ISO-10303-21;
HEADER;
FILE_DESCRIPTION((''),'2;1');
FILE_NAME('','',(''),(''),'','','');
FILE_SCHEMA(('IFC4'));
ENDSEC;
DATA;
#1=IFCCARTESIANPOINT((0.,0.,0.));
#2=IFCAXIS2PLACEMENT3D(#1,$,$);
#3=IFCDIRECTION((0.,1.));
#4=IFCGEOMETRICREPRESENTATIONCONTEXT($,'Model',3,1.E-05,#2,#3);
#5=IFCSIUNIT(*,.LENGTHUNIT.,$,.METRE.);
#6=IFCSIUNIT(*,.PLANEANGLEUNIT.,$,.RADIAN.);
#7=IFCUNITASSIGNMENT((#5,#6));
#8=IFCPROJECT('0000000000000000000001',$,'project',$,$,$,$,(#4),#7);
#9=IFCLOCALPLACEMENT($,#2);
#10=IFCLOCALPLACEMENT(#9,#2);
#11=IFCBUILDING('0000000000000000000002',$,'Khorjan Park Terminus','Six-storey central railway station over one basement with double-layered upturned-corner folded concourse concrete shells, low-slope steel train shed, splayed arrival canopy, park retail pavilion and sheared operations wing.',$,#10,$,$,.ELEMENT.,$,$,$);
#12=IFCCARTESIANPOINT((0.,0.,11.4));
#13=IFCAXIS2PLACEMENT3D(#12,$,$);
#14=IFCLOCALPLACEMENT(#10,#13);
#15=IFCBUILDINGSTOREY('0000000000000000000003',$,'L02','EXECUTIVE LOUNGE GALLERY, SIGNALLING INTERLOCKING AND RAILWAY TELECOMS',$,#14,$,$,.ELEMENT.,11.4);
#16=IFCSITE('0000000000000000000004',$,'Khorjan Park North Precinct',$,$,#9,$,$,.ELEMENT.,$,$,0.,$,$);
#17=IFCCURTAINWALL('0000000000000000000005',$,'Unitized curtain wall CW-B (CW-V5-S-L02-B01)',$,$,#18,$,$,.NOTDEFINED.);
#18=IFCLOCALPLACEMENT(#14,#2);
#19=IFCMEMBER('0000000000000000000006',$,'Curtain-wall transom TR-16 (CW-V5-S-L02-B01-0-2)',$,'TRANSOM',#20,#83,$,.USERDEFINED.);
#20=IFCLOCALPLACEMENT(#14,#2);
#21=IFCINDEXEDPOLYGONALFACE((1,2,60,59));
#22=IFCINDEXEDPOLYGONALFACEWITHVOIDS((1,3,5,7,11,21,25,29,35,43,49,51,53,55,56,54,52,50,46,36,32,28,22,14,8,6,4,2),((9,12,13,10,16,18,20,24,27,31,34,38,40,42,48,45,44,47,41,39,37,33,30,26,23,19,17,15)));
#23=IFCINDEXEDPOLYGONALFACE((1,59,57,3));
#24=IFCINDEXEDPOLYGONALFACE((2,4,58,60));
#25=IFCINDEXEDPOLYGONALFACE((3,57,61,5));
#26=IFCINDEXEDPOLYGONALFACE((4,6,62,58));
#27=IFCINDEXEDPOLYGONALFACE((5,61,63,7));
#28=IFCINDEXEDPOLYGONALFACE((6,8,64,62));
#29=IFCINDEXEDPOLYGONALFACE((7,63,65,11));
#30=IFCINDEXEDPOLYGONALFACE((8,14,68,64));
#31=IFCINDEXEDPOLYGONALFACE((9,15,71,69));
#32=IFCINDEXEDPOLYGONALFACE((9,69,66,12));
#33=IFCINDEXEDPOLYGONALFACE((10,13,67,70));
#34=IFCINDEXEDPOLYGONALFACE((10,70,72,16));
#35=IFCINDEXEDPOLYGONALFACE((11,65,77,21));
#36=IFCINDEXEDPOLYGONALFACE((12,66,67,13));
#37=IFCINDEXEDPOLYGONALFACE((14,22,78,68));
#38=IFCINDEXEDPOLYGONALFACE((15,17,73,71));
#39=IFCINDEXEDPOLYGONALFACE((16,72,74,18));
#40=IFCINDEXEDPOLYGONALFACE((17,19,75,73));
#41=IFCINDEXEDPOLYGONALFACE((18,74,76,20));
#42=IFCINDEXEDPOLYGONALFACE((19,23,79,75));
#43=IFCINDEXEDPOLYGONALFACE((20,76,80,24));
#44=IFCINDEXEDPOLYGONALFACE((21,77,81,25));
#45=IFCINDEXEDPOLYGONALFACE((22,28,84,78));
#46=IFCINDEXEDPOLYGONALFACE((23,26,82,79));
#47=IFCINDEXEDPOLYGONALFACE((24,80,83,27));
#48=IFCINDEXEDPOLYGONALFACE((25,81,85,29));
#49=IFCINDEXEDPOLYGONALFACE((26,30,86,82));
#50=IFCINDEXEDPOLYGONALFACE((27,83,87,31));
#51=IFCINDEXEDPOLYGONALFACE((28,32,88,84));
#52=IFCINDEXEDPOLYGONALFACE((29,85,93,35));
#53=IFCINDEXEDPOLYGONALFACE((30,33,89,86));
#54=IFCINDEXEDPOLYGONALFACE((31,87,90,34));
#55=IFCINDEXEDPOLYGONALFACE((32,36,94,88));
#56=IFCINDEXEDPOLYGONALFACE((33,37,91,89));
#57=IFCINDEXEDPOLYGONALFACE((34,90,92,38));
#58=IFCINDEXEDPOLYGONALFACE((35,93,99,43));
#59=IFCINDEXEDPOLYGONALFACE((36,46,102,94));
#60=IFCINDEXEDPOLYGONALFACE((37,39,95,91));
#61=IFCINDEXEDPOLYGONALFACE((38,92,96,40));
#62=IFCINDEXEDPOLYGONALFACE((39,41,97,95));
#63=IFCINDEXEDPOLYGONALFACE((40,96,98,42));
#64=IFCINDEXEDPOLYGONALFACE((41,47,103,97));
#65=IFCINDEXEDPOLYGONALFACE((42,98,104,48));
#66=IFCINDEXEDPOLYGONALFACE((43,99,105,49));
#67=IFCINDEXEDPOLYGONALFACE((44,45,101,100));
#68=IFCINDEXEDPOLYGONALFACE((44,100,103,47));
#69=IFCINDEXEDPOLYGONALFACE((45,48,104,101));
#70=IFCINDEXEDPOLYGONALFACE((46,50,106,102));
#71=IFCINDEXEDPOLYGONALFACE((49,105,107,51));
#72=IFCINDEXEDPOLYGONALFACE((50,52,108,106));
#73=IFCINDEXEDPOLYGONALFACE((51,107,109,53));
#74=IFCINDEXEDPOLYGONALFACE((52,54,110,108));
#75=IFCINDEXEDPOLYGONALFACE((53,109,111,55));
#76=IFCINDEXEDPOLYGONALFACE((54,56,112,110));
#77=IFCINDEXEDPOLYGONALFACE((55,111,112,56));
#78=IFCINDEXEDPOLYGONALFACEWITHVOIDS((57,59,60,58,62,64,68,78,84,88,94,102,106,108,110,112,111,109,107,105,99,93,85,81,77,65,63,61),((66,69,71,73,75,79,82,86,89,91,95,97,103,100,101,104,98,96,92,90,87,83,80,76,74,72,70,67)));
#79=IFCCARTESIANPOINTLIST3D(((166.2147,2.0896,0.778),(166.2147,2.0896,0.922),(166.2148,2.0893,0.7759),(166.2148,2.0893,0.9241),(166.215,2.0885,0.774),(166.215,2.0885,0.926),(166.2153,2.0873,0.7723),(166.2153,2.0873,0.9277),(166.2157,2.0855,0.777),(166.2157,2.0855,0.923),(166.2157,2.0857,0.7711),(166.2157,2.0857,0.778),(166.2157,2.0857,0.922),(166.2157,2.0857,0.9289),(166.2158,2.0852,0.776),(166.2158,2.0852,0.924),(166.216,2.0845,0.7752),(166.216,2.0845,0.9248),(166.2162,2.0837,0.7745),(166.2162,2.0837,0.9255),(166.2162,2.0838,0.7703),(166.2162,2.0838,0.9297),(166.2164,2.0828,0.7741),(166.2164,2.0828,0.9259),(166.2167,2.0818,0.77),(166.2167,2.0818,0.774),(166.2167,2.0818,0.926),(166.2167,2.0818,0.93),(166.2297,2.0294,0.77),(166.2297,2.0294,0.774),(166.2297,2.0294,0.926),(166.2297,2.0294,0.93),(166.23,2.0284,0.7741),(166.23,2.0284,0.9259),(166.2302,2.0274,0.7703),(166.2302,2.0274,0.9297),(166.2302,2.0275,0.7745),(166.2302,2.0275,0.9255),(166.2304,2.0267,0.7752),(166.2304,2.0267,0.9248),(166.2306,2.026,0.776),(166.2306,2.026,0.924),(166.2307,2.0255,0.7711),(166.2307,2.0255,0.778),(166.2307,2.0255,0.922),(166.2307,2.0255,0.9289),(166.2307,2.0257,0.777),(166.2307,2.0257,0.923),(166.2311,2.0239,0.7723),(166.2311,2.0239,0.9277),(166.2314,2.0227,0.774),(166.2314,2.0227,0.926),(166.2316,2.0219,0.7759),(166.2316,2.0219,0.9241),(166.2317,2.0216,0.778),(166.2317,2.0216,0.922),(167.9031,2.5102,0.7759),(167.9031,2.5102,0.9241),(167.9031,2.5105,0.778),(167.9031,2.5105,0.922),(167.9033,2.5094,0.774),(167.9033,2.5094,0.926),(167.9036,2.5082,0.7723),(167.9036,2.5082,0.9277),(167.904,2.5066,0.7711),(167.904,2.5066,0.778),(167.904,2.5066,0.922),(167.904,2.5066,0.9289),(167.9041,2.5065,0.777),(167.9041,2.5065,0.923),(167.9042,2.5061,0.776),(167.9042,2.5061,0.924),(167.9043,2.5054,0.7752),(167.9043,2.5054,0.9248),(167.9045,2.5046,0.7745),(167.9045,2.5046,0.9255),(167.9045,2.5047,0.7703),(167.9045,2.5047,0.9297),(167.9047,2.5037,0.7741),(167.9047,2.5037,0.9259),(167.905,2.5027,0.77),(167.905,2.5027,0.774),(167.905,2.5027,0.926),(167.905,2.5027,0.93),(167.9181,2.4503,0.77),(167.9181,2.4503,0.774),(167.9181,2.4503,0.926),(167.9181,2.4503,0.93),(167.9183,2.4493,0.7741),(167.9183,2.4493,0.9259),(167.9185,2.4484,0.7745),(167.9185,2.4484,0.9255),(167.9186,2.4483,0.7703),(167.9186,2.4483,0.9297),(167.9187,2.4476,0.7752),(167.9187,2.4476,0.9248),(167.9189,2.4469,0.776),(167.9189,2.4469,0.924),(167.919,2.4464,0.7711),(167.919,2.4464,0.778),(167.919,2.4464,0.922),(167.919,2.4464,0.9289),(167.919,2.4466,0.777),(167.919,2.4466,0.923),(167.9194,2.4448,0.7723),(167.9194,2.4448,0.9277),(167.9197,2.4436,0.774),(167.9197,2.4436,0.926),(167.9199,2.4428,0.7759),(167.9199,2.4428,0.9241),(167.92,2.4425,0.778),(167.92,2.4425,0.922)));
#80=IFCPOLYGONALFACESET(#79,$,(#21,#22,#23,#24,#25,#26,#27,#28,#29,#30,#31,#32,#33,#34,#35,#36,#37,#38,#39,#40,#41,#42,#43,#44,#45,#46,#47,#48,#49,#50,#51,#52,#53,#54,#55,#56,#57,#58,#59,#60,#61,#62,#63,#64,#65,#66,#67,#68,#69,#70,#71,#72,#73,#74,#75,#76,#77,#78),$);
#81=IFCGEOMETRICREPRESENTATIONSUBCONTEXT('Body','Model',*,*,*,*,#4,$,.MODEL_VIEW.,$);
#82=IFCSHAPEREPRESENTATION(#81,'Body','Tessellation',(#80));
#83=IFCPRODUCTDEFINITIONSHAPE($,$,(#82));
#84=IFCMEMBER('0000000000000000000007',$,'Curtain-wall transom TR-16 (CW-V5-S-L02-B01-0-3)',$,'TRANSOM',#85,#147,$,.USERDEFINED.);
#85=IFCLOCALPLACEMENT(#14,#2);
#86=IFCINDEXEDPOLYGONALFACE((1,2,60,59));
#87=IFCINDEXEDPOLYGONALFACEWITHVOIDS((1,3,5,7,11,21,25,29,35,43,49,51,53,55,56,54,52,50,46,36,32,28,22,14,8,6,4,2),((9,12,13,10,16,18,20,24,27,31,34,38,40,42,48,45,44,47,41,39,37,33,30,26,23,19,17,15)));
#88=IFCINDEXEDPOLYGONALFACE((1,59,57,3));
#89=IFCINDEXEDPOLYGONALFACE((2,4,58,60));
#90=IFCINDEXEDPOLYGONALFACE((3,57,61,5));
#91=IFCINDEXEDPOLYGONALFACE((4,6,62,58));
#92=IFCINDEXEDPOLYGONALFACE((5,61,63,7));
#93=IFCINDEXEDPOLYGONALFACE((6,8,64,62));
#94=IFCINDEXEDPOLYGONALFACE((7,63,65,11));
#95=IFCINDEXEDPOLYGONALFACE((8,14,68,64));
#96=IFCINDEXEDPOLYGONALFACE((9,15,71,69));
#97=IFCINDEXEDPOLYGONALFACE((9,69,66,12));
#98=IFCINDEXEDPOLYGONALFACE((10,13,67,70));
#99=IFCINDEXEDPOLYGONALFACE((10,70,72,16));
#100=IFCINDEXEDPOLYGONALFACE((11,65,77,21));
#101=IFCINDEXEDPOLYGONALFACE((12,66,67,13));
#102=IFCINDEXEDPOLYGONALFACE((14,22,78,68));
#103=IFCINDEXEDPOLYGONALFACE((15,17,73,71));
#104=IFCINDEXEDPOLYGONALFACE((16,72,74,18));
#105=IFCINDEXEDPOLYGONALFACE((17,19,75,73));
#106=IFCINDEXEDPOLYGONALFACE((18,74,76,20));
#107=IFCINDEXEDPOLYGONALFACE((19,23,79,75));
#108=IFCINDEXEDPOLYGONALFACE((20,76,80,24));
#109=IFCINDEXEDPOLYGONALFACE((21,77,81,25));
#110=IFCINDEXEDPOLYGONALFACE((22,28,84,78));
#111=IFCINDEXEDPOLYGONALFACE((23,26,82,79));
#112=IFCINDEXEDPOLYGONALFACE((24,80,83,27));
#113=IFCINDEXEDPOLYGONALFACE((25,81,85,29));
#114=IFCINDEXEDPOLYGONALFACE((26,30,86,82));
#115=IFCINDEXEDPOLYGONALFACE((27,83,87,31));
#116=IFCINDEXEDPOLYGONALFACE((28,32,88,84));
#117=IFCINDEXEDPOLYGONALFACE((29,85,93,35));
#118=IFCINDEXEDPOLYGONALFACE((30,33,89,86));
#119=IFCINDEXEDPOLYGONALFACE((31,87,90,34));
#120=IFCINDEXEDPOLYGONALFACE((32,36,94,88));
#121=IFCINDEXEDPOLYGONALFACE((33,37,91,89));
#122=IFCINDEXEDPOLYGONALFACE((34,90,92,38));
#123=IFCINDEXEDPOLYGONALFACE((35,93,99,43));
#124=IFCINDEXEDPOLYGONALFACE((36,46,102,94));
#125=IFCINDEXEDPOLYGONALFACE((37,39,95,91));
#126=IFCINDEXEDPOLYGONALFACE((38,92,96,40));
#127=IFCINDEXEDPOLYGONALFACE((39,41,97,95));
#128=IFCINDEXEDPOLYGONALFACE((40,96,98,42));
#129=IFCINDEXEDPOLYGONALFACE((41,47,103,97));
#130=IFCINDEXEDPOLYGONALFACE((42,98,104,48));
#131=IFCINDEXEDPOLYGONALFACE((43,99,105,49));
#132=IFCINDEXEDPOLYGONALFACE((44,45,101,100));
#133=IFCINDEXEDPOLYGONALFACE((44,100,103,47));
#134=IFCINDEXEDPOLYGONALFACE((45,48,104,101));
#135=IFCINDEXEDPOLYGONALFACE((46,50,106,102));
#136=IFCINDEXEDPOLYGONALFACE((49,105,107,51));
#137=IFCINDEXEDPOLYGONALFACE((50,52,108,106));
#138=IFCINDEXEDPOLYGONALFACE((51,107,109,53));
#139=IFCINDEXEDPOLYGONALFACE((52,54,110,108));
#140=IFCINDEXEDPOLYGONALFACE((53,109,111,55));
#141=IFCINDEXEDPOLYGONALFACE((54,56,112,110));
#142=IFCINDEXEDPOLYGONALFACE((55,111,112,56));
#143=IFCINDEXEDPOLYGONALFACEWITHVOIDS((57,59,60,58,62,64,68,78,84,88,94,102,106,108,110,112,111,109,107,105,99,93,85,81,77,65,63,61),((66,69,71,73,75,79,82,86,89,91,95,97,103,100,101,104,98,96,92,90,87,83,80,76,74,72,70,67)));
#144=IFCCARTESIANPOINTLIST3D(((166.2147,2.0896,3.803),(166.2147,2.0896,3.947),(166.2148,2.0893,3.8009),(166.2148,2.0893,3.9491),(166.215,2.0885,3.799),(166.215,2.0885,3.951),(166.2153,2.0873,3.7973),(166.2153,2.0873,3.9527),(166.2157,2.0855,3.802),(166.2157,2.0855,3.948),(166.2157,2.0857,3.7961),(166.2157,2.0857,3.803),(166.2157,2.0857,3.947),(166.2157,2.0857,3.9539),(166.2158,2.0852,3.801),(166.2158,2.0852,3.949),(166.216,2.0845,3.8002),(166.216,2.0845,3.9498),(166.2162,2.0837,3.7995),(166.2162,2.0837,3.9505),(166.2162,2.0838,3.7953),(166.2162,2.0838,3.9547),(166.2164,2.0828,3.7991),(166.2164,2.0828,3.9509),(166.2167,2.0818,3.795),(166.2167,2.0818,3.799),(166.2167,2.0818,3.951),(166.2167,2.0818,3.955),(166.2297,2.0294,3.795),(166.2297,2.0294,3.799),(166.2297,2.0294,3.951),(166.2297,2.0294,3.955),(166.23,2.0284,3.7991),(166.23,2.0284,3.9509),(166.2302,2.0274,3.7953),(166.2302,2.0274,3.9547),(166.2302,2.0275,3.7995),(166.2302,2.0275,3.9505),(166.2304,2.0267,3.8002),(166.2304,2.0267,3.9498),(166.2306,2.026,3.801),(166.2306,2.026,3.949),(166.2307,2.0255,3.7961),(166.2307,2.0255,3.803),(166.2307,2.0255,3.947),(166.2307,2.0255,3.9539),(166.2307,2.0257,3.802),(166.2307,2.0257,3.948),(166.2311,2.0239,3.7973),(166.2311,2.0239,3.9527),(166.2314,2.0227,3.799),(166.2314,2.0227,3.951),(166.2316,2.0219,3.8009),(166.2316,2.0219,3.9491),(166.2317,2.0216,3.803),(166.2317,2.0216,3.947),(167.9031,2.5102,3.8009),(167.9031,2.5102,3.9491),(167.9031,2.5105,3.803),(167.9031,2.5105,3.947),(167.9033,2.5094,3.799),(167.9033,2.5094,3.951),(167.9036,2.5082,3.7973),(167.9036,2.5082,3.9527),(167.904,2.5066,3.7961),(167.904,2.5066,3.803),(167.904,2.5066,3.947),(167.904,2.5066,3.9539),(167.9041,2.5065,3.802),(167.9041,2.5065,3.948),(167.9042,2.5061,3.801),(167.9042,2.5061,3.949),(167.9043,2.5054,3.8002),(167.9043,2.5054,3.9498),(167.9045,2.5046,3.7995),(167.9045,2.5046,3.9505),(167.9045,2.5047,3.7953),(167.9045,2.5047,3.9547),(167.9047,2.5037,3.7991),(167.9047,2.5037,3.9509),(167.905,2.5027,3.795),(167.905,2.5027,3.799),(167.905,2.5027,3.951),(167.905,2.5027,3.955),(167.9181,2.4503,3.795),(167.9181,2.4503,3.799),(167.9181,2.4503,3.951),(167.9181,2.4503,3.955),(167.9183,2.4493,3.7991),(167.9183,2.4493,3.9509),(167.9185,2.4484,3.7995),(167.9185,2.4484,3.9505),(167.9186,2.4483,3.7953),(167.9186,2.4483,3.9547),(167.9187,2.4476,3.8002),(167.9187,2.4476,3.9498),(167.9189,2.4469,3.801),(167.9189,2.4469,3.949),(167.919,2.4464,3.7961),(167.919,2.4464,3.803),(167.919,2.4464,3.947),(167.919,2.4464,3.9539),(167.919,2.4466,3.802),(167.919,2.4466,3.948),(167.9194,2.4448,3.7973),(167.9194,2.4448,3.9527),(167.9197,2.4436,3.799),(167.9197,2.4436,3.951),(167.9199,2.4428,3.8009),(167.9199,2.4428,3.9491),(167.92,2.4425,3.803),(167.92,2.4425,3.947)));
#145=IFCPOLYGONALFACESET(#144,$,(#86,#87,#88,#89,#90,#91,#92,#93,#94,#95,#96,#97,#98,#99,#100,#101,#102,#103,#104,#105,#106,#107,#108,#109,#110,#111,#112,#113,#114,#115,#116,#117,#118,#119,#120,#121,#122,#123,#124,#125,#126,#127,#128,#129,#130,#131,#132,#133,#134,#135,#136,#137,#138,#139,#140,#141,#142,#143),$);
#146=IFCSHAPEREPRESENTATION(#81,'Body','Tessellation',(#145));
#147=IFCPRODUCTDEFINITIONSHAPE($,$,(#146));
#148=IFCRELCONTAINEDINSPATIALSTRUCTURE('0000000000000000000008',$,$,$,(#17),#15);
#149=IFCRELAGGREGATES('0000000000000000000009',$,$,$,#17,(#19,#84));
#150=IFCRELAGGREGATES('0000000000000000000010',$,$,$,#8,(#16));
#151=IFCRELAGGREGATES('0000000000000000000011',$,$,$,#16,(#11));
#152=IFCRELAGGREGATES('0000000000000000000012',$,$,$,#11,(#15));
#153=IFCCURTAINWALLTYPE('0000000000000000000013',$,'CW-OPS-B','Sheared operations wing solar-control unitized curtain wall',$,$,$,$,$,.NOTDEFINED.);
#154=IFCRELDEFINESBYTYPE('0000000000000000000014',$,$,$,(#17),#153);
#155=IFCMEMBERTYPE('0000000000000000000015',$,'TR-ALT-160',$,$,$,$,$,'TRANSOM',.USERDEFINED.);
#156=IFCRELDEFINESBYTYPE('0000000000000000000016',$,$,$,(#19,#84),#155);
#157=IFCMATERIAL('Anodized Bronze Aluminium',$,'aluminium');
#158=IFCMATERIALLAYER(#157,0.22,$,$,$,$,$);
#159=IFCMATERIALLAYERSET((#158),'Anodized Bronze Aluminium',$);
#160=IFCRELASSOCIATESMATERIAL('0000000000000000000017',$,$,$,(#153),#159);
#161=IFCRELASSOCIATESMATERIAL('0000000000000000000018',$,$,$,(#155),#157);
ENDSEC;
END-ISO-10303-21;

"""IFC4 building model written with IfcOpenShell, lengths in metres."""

from ifc_helpers import new_model, si_unit, direction, frame, origin, origin_2d, place, context, subcontext, project, spatial, hollow_rectangle, extrude, material, layer, layer_set, material_profile, profile_set, type_object, element, aggregate, save


model = new_model("IFC4")

# Units and contexts
model_context = context("Model", 3, precision=1e-05, world=origin(), true_north=direction((0.0, 1.0)))
body_context = subcontext(model_context, "Body", "Model", "MODEL_VIEW")
ifc_project = project(units=[si_unit("LENGTHUNIT", "METRE"), si_unit("PLANEANGLEUNIT", "RADIAN")], contexts=[model_context])

# Site, building, storey
site_placement = place(None, origin())
site = spatial("IfcSite", under=ifc_project, at=site_placement, Name="Khorjan Park North Precinct", CompositionType="ELEMENT", RefElevation=0.0)
building_placement = place(site_placement, origin())
building = spatial("IfcBuilding", under=site, at=building_placement, Name="Khorjan Park Terminus", Description="Six-storey central railway station over one basement with double-layered upturned-corner folded concourse concrete shells, low-slope steel train shed, splayed arrival canopy, park retail pavilion and sheared operations wing.", CompositionType="ELEMENT")
storey_placement = place(building_placement, frame((0.0, 0.0, 11.4)))
storey = spatial("IfcBuildingStorey", under=building, at=storey_placement, Name="L02", Description="EXECUTIVE LOUNGE GALLERY, SIGNALLING INTERLOCKING AND RAILWAY TELECOMS", CompositionType="ELEMENT", Elevation=11.4)

# Curtain wall
ifc_material_1 = material(Name="Anodized Bronze Aluminium", Category="aluminium")
ifc_layer_1 = layer(ifc_material_1, 0.22)
ifc_layer_set_1 = layer_set([ifc_layer_1], Name="Anodized Bronze Aluminium")
curtain_wall_type = type_object("IfcCurtainWallType", Name="CW-OPS-B", Description="Sheared operations wing solar-control unitized curtain wall", PredefinedType="NOTDEFINED", material=ifc_layer_set_1)
curtain_wall_1_placement = place(storey_placement, origin())
curtain_wall_1 = element("IfcCurtainWall", 1, at=curtain_wall_1_placement, inside=storey, type_object=curtain_wall_type, Name="Unitized curtain wall CW-B (CW-V5-S-L02-B01)", PredefinedType="NOTDEFINED")

# Members
ifc_material_profile_1 = material_profile(ifc_material_1, hollow_rectangle(XDim=0.07, YDim=0.16, WallThickness=0.004, InnerFilletRadius=0.004, OuterFilletRadius=0.008, at=origin_2d()), Name="ALT 70x160x4")
ifc_profile_set_1 = profile_set([ifc_material_profile_1], Name="Anodized Bronze Aluminium")
member_type_1 = type_object("IfcMemberType", Name="TR-ALT-160", ElementType="TRANSOM", PredefinedType="USERDEFINED", material=ifc_profile_set_1)
member_1_placement = place(storey_placement, frame((166.2232, 2.0556, 0.85), z_axis=(0.970301, 0.2419, 0.0), x_axis=(-0.2419, 0.970301, 0.0)))
member_1 = element("IfcMember", 2, at=member_1_placement, type_object=member_type_1, Name="Curtain-wall transom TR-16 (CW-V5-S-L02-B01-0-2)", ObjectType="TRANSOM", PredefinedType="USERDEFINED", context=body_context, shape_type="SweptSolid", body=[
    extrude(hollow_rectangle(XDim=0.07, YDim=0.16, WallThickness=0.004, InnerFilletRadius=0.004, OuterFilletRadius=0.008, at=origin_2d()), origin(), (0.0, 0.0, 1.0), 1.74),
])
member_2_placement = place(storey_placement, frame((166.2232, 2.0556, 3.875), z_axis=(0.970301, 0.2419, 0.0), x_axis=(-0.2419, 0.970301, 0.0)))
member_2 = element("IfcMember", 3, at=member_2_placement, type_object=member_type_1, Name="Curtain-wall transom TR-16 (CW-V5-S-L02-B01-0-3)", ObjectType="TRANSOM", PredefinedType="USERDEFINED", context=body_context, shape_type="SweptSolid", body=[
    extrude(hollow_rectangle(XDim=0.07, YDim=0.16, WallThickness=0.004, InnerFilletRadius=0.004, OuterFilletRadius=0.008, at=origin_2d()), origin(), (0.0, 0.0, 1.0), 1.74),
])

aggregate(curtain_wall_1, [member_1, member_2])

save(model, "model.ifc")
